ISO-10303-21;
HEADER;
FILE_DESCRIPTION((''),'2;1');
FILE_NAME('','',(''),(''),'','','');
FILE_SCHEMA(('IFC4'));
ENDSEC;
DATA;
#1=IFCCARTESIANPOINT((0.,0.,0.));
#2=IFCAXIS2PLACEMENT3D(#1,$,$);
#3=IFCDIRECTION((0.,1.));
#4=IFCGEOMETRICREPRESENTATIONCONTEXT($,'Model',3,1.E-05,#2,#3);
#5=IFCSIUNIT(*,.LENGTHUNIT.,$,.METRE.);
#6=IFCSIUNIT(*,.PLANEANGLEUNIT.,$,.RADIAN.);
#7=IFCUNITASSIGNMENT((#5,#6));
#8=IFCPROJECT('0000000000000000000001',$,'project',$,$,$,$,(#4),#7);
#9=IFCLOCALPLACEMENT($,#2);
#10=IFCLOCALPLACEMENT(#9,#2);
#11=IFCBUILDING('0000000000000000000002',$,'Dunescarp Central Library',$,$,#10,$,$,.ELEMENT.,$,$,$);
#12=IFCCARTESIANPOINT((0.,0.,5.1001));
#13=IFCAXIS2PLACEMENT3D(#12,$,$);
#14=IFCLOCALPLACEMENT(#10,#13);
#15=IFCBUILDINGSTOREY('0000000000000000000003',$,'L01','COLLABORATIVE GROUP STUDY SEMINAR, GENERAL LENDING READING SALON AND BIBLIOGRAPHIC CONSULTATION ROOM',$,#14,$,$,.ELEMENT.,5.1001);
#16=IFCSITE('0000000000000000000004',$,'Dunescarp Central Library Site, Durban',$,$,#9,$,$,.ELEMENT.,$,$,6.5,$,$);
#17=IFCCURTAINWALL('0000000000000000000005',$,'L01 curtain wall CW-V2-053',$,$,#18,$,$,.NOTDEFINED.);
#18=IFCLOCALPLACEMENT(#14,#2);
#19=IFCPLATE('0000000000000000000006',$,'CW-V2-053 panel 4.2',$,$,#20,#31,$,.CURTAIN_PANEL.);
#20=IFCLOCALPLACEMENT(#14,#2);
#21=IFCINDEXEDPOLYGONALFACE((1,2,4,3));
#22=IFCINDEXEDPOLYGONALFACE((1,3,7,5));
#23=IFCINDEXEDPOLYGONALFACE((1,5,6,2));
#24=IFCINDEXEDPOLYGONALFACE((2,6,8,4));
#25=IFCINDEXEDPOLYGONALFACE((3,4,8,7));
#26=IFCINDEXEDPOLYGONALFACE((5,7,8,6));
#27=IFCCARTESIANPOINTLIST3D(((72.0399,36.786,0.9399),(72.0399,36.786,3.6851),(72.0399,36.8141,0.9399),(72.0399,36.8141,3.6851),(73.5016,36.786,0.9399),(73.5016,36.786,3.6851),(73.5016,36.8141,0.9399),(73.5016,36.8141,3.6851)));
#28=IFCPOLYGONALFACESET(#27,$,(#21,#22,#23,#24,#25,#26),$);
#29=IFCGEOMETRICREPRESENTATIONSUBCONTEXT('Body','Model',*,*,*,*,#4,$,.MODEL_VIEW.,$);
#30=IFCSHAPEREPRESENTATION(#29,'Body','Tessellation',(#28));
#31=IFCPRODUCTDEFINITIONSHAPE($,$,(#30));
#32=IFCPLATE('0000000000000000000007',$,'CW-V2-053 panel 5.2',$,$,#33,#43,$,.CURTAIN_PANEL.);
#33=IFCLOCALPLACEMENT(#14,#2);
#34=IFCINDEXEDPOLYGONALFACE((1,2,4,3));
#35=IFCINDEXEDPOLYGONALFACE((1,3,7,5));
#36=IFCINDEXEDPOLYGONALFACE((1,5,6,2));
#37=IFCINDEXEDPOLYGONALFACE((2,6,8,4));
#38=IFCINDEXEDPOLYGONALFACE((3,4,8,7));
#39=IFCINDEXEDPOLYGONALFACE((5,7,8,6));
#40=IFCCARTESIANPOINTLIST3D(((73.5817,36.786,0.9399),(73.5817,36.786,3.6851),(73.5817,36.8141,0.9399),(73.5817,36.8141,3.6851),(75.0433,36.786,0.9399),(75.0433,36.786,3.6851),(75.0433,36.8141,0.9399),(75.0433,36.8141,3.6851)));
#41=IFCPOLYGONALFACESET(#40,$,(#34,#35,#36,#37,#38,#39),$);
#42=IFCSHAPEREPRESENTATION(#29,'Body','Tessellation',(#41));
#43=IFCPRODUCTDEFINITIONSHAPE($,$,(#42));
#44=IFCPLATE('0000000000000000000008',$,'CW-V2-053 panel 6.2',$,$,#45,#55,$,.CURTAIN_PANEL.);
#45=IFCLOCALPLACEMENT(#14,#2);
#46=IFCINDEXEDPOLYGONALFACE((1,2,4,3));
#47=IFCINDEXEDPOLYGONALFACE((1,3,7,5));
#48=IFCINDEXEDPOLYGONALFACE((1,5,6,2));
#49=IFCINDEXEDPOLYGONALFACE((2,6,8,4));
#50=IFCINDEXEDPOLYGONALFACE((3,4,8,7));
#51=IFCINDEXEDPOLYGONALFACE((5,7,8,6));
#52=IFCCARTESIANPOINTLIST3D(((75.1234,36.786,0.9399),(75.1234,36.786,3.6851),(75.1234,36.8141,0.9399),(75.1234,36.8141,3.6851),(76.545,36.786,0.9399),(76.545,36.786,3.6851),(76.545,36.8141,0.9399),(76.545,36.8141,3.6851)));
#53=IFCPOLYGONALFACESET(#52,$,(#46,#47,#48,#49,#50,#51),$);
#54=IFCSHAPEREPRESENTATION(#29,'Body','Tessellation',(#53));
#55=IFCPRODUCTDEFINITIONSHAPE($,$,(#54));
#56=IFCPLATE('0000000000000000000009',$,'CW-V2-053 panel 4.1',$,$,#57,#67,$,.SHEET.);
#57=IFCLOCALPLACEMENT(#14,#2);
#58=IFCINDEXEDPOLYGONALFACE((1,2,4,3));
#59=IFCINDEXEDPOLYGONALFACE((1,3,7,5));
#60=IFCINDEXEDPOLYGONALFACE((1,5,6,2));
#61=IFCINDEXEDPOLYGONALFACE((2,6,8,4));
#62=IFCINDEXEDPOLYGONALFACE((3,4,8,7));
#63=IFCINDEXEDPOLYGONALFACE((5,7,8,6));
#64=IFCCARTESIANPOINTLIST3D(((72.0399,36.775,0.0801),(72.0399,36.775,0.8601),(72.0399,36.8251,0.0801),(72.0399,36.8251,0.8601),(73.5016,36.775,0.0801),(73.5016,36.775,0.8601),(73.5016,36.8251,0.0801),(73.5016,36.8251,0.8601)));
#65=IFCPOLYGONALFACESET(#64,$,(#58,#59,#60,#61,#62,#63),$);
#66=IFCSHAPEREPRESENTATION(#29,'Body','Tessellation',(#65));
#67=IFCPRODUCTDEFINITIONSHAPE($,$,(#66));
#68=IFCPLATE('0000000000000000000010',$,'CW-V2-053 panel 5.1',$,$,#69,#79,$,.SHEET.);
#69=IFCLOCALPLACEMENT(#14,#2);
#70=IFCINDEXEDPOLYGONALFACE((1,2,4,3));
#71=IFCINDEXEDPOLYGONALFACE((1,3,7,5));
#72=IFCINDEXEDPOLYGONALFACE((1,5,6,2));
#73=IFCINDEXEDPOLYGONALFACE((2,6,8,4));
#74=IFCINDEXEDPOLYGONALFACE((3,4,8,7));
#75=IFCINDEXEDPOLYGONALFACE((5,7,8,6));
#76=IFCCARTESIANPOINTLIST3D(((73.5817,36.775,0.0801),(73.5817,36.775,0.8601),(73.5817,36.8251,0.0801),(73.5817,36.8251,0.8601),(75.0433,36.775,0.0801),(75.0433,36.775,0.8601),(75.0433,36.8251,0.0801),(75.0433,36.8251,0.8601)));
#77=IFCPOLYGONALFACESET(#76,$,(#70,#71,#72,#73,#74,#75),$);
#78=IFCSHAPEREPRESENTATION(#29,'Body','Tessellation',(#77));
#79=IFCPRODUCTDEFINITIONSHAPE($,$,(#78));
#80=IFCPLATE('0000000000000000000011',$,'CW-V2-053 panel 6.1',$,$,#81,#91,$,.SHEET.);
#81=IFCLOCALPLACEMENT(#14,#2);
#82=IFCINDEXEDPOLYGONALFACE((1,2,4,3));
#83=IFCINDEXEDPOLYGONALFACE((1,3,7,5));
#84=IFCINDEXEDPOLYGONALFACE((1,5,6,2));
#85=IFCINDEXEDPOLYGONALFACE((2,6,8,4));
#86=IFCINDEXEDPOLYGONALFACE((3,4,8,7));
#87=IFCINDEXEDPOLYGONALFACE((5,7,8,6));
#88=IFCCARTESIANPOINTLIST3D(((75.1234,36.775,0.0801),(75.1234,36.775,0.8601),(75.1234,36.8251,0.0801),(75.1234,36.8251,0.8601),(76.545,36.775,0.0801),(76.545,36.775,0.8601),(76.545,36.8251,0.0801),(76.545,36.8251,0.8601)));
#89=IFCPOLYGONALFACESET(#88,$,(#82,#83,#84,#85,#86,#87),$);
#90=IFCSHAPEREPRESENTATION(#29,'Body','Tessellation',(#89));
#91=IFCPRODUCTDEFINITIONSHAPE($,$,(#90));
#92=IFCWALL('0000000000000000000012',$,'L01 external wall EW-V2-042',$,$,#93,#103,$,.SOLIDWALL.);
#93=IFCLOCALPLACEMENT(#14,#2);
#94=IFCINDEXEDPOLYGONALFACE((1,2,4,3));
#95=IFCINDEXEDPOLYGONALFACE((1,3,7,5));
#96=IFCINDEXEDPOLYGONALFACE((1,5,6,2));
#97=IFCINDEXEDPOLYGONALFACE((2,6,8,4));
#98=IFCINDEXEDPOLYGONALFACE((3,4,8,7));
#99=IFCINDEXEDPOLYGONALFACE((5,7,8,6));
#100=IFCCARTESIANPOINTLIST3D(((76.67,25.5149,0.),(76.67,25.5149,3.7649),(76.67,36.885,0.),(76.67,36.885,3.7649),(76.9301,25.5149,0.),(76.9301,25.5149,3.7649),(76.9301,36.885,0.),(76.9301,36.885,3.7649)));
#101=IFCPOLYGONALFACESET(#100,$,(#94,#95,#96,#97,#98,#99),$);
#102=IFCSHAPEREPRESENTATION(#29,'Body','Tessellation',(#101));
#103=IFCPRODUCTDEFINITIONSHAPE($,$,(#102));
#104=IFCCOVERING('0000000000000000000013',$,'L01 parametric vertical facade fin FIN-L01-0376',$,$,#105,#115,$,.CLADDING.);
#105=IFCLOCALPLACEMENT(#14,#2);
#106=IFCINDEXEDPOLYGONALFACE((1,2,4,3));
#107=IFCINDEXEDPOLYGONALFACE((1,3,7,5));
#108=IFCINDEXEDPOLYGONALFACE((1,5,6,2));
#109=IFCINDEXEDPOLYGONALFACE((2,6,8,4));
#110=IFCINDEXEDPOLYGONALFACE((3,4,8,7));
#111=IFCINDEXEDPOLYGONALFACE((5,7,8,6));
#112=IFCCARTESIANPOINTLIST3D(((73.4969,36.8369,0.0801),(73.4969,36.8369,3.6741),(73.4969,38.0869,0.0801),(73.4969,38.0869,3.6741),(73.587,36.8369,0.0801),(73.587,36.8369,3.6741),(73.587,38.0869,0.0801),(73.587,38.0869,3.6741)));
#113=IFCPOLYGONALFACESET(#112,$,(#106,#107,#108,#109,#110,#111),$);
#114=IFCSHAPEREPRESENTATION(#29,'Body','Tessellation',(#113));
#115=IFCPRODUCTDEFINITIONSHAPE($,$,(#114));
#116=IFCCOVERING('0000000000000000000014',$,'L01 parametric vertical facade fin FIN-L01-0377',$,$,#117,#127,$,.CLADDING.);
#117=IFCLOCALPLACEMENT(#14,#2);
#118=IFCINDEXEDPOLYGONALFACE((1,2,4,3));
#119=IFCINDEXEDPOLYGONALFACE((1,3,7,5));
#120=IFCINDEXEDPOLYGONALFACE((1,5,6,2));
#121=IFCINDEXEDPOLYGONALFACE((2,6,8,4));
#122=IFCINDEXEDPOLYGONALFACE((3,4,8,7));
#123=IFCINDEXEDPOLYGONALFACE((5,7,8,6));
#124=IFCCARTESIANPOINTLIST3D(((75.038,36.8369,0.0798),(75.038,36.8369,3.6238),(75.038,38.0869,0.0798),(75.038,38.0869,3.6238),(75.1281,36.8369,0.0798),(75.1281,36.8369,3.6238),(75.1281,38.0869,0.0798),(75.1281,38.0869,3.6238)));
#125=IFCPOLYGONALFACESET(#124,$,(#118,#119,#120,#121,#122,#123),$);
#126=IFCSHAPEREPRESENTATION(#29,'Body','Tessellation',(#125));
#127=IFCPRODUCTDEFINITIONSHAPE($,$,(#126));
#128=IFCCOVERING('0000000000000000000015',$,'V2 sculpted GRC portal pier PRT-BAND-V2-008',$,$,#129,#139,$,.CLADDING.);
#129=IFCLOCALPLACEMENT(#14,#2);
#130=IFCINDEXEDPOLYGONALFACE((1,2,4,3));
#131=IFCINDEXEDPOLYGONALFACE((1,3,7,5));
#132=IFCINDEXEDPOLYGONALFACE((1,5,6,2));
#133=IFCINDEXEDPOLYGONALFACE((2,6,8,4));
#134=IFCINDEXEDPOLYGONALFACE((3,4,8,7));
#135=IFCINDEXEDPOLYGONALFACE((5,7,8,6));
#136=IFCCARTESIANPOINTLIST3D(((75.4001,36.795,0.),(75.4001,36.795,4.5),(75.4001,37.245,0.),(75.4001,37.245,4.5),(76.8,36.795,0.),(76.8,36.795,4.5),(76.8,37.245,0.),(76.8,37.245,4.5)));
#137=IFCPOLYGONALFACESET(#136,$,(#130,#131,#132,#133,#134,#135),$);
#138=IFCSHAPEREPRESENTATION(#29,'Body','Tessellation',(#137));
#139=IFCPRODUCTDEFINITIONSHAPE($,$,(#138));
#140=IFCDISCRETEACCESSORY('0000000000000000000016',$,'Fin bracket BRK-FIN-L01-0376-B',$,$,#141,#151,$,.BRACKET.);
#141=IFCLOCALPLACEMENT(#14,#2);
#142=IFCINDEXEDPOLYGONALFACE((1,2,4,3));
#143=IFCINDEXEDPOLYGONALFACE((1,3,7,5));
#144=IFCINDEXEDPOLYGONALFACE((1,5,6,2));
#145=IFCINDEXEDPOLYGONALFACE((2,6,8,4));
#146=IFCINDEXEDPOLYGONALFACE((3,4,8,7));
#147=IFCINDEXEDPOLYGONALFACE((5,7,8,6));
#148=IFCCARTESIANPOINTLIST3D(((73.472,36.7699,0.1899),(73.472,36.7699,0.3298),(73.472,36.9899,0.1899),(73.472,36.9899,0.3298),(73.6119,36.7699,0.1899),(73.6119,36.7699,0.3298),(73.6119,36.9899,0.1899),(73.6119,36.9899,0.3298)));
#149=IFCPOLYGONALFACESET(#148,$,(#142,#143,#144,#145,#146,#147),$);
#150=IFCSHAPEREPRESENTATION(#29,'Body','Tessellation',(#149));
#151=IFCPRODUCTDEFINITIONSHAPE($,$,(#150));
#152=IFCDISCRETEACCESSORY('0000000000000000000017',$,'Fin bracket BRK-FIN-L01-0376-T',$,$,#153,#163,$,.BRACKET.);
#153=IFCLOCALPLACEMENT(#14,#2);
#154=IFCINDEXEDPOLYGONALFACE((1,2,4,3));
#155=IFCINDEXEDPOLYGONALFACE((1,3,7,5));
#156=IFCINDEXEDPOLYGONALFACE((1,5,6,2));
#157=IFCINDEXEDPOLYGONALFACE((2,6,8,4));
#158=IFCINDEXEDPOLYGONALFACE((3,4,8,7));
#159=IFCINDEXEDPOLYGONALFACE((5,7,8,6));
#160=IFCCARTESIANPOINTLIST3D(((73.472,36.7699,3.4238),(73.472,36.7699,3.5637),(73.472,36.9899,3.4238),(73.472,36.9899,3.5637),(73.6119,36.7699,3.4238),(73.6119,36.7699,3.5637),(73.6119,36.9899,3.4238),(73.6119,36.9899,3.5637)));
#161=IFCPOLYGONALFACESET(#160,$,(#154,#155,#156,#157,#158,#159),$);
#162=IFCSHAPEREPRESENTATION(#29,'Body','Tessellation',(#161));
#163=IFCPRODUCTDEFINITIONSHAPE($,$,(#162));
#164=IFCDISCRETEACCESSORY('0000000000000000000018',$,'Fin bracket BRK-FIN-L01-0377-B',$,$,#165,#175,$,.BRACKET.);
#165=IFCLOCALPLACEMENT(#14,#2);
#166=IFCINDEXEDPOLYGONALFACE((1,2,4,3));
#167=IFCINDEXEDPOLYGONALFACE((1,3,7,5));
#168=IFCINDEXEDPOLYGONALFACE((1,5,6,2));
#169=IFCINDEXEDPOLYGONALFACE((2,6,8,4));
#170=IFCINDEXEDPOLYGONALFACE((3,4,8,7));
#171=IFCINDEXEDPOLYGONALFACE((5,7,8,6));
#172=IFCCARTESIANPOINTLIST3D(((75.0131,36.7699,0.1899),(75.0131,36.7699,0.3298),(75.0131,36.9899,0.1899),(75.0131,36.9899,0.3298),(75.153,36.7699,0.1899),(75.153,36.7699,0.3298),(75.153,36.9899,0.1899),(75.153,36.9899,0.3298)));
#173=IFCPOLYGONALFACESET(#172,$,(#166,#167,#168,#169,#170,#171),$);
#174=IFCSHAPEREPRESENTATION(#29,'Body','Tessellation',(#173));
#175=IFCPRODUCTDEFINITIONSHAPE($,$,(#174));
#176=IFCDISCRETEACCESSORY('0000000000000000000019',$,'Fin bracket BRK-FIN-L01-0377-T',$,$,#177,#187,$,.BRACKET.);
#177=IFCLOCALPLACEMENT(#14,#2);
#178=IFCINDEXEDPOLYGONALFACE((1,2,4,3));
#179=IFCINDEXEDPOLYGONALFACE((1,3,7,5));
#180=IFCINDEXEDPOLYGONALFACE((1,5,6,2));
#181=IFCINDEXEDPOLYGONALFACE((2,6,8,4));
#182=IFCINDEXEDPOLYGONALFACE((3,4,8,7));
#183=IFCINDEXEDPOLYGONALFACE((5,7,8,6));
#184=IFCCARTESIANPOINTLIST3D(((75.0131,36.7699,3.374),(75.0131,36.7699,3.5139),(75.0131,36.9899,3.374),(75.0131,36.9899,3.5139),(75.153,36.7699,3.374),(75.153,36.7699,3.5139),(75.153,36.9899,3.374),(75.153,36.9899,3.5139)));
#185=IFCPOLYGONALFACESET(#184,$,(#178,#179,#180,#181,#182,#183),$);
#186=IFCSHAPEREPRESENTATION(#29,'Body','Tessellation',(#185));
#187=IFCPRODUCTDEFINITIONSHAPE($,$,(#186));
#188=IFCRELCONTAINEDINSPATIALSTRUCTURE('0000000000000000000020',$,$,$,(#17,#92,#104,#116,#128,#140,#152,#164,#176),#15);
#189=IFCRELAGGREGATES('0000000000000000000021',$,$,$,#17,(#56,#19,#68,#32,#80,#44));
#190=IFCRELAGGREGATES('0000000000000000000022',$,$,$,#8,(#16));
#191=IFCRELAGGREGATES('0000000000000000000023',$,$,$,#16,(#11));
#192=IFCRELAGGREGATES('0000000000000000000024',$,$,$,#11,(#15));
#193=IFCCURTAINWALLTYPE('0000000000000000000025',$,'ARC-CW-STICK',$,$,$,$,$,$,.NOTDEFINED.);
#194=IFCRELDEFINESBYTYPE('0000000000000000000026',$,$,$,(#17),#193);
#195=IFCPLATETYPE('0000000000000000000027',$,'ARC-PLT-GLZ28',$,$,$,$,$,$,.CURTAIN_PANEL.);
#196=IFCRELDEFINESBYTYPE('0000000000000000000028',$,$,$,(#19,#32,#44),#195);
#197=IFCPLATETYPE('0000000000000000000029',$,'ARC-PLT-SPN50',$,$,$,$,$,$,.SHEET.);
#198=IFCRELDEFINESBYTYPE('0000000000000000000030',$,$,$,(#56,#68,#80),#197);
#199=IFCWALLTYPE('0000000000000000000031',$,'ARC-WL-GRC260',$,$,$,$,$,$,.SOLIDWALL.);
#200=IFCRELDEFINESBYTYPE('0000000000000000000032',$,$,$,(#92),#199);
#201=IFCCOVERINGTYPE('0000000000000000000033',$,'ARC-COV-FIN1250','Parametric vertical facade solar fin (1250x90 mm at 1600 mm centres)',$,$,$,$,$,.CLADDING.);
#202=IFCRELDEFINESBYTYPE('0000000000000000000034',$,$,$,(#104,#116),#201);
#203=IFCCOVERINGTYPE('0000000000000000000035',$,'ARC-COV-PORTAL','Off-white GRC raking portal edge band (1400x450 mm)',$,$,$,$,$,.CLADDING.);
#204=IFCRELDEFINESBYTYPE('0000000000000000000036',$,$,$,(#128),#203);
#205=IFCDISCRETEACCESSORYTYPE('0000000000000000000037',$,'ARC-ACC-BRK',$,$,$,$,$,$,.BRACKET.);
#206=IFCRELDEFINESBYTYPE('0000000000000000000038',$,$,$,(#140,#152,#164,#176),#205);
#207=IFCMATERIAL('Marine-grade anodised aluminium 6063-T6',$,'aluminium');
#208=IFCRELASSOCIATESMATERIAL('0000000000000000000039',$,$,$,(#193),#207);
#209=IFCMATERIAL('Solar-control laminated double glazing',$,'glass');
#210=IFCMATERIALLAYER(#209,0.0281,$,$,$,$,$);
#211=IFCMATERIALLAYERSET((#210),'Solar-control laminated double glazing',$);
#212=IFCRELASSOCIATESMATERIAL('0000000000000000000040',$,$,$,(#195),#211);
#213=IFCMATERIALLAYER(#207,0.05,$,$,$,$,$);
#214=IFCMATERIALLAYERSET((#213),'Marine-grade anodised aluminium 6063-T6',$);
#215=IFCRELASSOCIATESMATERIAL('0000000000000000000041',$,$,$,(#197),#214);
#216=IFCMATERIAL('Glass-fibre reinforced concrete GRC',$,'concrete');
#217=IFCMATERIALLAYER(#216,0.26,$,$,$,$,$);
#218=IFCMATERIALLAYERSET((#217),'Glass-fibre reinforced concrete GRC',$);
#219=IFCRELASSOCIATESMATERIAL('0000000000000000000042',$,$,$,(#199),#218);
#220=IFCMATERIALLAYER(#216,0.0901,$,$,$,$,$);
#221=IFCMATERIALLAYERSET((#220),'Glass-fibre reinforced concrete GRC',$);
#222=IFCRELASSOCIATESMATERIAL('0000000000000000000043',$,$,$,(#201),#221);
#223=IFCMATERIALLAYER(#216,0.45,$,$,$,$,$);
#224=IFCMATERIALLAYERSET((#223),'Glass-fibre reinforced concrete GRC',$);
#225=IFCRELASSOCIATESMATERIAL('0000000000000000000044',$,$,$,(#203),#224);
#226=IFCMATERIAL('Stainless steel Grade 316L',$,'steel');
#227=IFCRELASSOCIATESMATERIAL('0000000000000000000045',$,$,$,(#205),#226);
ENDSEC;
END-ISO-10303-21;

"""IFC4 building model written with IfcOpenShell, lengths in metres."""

from ifc_helpers import new_model, si_unit, direction, frame, frame_2d, origin, origin_2d, place, context, subcontext, project, spatial, rectangle, extrude, material, layer, layer_set, type_object, element, aggregate, save


model = new_model("IFC4")

# Units and contexts
model_context = context("Model", 3, precision=1e-05, world=origin(), true_north=direction((0.0, 1.0)))
body_context = subcontext(model_context, "Body", "Model", "MODEL_VIEW")
ifc_project = project(units=[si_unit("LENGTHUNIT", "METRE"), si_unit("PLANEANGLEUNIT", "RADIAN")], contexts=[model_context])

# Site, building, storey
site_placement = place(None, origin())
site = spatial("IfcSite", under=ifc_project, at=site_placement, Name="Dunescarp Central Library Site, Durban", CompositionType="ELEMENT", RefElevation=6.5)
building_placement = place(site_placement, origin())
building = spatial("IfcBuilding", under=site, at=building_placement, Name="Dunescarp Central Library", CompositionType="ELEMENT")
storey_placement = place(building_placement, frame((0.0, 0.0, 5.1001)))
storey = spatial("IfcBuildingStorey", under=building, at=storey_placement, Name="L01", Description="COLLABORATIVE GROUP STUDY SEMINAR, GENERAL LENDING READING SALON AND BIBLIOGRAPHIC CONSULTATION ROOM", CompositionType="ELEMENT", Elevation=5.1001)

# Curtain wall, plates
ifc_material_1 = material(Name="Marine-grade anodised aluminium 6063-T6", Category="aluminium")
curtain_wall_type = type_object("IfcCurtainWallType", Name="ARC-CW-STICK", PredefinedType="NOTDEFINED", material=ifc_material_1)
curtain_wall_placement = place(storey_placement, origin())
curtain_wall = element("IfcCurtainWall", 1, at=curtain_wall_placement, inside=storey, type_object=curtain_wall_type, Name="L01 curtain wall CW-V2-053", PredefinedType="NOTDEFINED")
ifc_material_2 = material(Name="Solar-control laminated double glazing", Category="glass")
ifc_layer_1 = layer(ifc_material_2, 0.0281)
ifc_layer_set_1 = layer_set([ifc_layer_1], Name="Solar-control laminated double glazing")
plate_type_1 = type_object("IfcPlateType", Name="ARC-PLT-GLZ28", PredefinedType="CURTAIN_PANEL", material=ifc_layer_set_1)
plate_1_placement = place(storey_placement, frame((72.7708, 36.8, 0.9399), z_axis=(0.0, 0.0, 1.0), x_axis=(1.0, 0.0, 0.0)))
plate_1 = element("IfcPlate", 2, at=plate_1_placement, type_object=plate_type_1, Name="CW-V2-053 panel 4.2", PredefinedType="CURTAIN_PANEL", context=body_context, shape_type="SweptSolid", body=[
    extrude(rectangle(XDim=1.4617, YDim=0.0281, at=origin_2d()), origin(), (0.0, 0.0, 1.0), 2.7451),
])
plate_2_placement = place(storey_placement, frame((74.3125, 36.8, 0.9399), z_axis=(0.0, 0.0, 1.0), x_axis=(1.0, 0.0, 0.0)))
plate_2 = element("IfcPlate", 3, at=plate_2_placement, type_object=plate_type_1, Name="CW-V2-053 panel 5.2", PredefinedType="CURTAIN_PANEL", context=body_context, shape_type="SweptSolid", body=[
    extrude(rectangle(XDim=1.4617, YDim=0.0281, at=origin_2d()), origin(), (0.0, 0.0, 1.0), 2.7451),
])
plate_3_placement = place(storey_placement, frame((75.8342, 36.8, 0.9399), z_axis=(0.0, 0.0, 1.0), x_axis=(1.0, 0.0, 0.0)))
plate_3 = element("IfcPlate", 4, at=plate_3_placement, type_object=plate_type_1, Name="CW-V2-053 panel 6.2", PredefinedType="CURTAIN_PANEL", context=body_context, shape_type="SweptSolid", body=[
    extrude(rectangle(XDim=1.4216, YDim=0.0281, at=origin_2d()), origin(), (0.0, 0.0, 1.0), 2.7451),
])
ifc_layer_2 = layer(ifc_material_1, 0.05)
ifc_layer_set_2 = layer_set([ifc_layer_2], Name="Marine-grade anodised aluminium 6063-T6")
plate_type_2 = type_object("IfcPlateType", Name="ARC-PLT-SPN50", PredefinedType="SHEET", material=ifc_layer_set_2)
plate_4_placement = place(storey_placement, frame((72.7708, 36.8, 0.0801), z_axis=(0.0, 0.0, 1.0), x_axis=(1.0, 0.0, 0.0)))
plate_4 = element("IfcPlate", 5, at=plate_4_placement, type_object=plate_type_2, Name="CW-V2-053 panel 4.1", PredefinedType="SHEET", context=body_context, shape_type="SweptSolid", body=[
    extrude(rectangle(XDim=1.4617, YDim=0.05, at=origin_2d()), origin(), (0.0, 0.0, 1.0), 0.78),
])
plate_5_placement = place(storey_placement, frame((74.3125, 36.8, 0.0801), z_axis=(0.0, 0.0, 1.0), x_axis=(1.0, 0.0, 0.0)))
plate_5 = element("IfcPlate", 6, at=plate_5_placement, type_object=plate_type_2, Name="CW-V2-053 panel 5.1", PredefinedType="SHEET", context=body_context, shape_type="SweptSolid", body=[
    extrude(rectangle(XDim=1.4617, YDim=0.05, at=origin_2d()), origin(), (0.0, 0.0, 1.0), 0.78),
])
plate_6_placement = place(storey_placement, frame((75.8342, 36.8, 0.0801), z_axis=(0.0, 0.0, 1.0), x_axis=(1.0, 0.0, 0.0)))
plate_6 = element("IfcPlate", 7, at=plate_6_placement, type_object=plate_type_2, Name="CW-V2-053 panel 6.1", PredefinedType="SHEET", context=body_context, shape_type="SweptSolid", body=[
    extrude(rectangle(XDim=1.4216, YDim=0.05, at=origin_2d()), origin(), (0.0, 0.0, 1.0), 0.78),
])
aggregate(curtain_wall, [plate_4, plate_1, plate_5, plate_2, plate_6, plate_3])

# Wall
ifc_material_3 = material(Name="Glass-fibre reinforced concrete GRC", Category="concrete")
ifc_layer_3 = layer(ifc_material_3, 0.26)
ifc_layer_set_3 = layer_set([ifc_layer_3], Name="Glass-fibre reinforced concrete GRC")
wall_type = type_object("IfcWallType", Name="ARC-WL-GRC260", PredefinedType="SOLIDWALL", material=ifc_layer_set_3)
wall_placement = place(storey_placement, frame((76.8, 36.885, 0.0), z_axis=(0.0, 0.0, 1.0), x_axis=(0.0, -1.0, 0.0)))
element("IfcWall", 8, at=wall_placement, inside=storey, type_object=wall_type, Name="L01 external wall EW-V2-042", PredefinedType="SOLIDWALL", context=body_context, shape_type="SweptSolid", body=[
    extrude(rectangle(XDim=11.3701, YDim=0.26, at=frame_2d((5.6851, 0.0))), origin(), (0.0, 0.0, 1.0), 3.7649),
])

# Coverings
ifc_layer_4 = layer(ifc_material_3, 0.0901)
ifc_layer_set_4 = layer_set([ifc_layer_4], Name="Glass-fibre reinforced concrete GRC")
covering_type_1 = type_object("IfcCoveringType", Name="ARC-COV-FIN1250", Description="Parametric vertical facade solar fin (1250x90 mm at 1600 mm centres)", PredefinedType="CLADDING", material=ifc_layer_set_4)
covering_1_placement = place(storey_placement, frame((73.542, 37.4619, 0.0801), z_axis=(0.0, 0.0, 1.0), x_axis=(0.0, 1.0, 0.0)))
element("IfcCovering", 9, at=covering_1_placement, inside=storey, type_object=covering_type_1, Name="L01 parametric vertical facade fin FIN-L01-0376", PredefinedType="CLADDING", context=body_context, shape_type="SweptSolid", body=[
    extrude(rectangle(XDim=1.25, YDim=0.0901, at=origin_2d()), origin(), (0.0, 0.0, 1.0), 3.594),
])
covering_2_placement = place(storey_placement, frame((75.083, 37.4619, 0.0798), z_axis=(0.0, 0.0, 1.0), x_axis=(0.0, 1.0, 0.0)))
element("IfcCovering", 10, at=covering_2_placement, inside=storey, type_object=covering_type_1, Name="L01 parametric vertical facade fin FIN-L01-0377", PredefinedType="CLADDING", context=body_context, shape_type="SweptSolid", body=[
    extrude(rectangle(XDim=1.25, YDim=0.0901, at=origin_2d()), origin(), (0.0, 0.0, 1.0), 3.5439),
])
ifc_layer_5 = layer(ifc_material_3, 0.45)
ifc_layer_set_5 = layer_set([ifc_layer_5], Name="Glass-fibre reinforced concrete GRC")
covering_type_2 = type_object("IfcCoveringType", Name="ARC-COV-PORTAL", Description="Off-white GRC raking portal edge band (1400x450 mm)", PredefinedType="CLADDING", material=ifc_layer_set_5)
covering_3_placement = place(storey_placement, frame((76.1001, 37.02, 0.0), z_axis=(0.0, 0.0, 1.0), x_axis=(1.0, 0.0, 0.0)))
element("IfcCovering", 11, at=covering_3_placement, inside=storey, type_object=covering_type_2, Name="V2 sculpted GRC portal pier PRT-BAND-V2-008", PredefinedType="CLADDING", context=body_context, shape_type="SweptSolid", body=[
    extrude(rectangle(XDim=1.3999, YDim=0.45, at=origin_2d()), origin(), (0.0, 0.0, 1.0), 4.5),
])

# Discrete accessories
ifc_material_4 = material(Name="Stainless steel Grade 316L", Category="steel")
discrete_accessory_type = type_object("IfcDiscreteAccessoryType", Name="ARC-ACC-BRK", PredefinedType="BRACKET", material=ifc_material_4)
for number, where, z_axis, x_axis, name in (
    (12, (73.542, 36.8799, 0.1899), (0.0, 0.0, 1.0), (0.0, 1.0, 0.0), "Fin bracket BRK-FIN-L01-0376-B"),
    (13, (73.542, 36.8799, 3.4238), (0.0, 0.0, 1.0), (0.0, 1.0, 0.0), "Fin bracket BRK-FIN-L01-0376-T"),
    (14, (75.083, 36.8799, 0.1899), (0.0, 0.0, 1.0), (0.0, 1.0, 0.0), "Fin bracket BRK-FIN-L01-0377-B"),
    (15, (75.083, 36.8799, 3.374), (0.0, 0.0, 1.0), (0.0, 1.0, 0.0), "Fin bracket BRK-FIN-L01-0377-T"),
):
    element("IfcDiscreteAccessory", number, at=place(storey_placement, frame(where, z_axis=z_axis, x_axis=x_axis)), inside=storey, type_object=discrete_accessory_type, Name=name, PredefinedType="BRACKET", context=body_context, shape_type="SweptSolid", body=[
        extrude(rectangle(XDim=0.22, YDim=0.1399, at=origin_2d()), origin(), (0.0, 0.0, 1.0), 0.1399),
    ])

save(model, "model.ifc")
